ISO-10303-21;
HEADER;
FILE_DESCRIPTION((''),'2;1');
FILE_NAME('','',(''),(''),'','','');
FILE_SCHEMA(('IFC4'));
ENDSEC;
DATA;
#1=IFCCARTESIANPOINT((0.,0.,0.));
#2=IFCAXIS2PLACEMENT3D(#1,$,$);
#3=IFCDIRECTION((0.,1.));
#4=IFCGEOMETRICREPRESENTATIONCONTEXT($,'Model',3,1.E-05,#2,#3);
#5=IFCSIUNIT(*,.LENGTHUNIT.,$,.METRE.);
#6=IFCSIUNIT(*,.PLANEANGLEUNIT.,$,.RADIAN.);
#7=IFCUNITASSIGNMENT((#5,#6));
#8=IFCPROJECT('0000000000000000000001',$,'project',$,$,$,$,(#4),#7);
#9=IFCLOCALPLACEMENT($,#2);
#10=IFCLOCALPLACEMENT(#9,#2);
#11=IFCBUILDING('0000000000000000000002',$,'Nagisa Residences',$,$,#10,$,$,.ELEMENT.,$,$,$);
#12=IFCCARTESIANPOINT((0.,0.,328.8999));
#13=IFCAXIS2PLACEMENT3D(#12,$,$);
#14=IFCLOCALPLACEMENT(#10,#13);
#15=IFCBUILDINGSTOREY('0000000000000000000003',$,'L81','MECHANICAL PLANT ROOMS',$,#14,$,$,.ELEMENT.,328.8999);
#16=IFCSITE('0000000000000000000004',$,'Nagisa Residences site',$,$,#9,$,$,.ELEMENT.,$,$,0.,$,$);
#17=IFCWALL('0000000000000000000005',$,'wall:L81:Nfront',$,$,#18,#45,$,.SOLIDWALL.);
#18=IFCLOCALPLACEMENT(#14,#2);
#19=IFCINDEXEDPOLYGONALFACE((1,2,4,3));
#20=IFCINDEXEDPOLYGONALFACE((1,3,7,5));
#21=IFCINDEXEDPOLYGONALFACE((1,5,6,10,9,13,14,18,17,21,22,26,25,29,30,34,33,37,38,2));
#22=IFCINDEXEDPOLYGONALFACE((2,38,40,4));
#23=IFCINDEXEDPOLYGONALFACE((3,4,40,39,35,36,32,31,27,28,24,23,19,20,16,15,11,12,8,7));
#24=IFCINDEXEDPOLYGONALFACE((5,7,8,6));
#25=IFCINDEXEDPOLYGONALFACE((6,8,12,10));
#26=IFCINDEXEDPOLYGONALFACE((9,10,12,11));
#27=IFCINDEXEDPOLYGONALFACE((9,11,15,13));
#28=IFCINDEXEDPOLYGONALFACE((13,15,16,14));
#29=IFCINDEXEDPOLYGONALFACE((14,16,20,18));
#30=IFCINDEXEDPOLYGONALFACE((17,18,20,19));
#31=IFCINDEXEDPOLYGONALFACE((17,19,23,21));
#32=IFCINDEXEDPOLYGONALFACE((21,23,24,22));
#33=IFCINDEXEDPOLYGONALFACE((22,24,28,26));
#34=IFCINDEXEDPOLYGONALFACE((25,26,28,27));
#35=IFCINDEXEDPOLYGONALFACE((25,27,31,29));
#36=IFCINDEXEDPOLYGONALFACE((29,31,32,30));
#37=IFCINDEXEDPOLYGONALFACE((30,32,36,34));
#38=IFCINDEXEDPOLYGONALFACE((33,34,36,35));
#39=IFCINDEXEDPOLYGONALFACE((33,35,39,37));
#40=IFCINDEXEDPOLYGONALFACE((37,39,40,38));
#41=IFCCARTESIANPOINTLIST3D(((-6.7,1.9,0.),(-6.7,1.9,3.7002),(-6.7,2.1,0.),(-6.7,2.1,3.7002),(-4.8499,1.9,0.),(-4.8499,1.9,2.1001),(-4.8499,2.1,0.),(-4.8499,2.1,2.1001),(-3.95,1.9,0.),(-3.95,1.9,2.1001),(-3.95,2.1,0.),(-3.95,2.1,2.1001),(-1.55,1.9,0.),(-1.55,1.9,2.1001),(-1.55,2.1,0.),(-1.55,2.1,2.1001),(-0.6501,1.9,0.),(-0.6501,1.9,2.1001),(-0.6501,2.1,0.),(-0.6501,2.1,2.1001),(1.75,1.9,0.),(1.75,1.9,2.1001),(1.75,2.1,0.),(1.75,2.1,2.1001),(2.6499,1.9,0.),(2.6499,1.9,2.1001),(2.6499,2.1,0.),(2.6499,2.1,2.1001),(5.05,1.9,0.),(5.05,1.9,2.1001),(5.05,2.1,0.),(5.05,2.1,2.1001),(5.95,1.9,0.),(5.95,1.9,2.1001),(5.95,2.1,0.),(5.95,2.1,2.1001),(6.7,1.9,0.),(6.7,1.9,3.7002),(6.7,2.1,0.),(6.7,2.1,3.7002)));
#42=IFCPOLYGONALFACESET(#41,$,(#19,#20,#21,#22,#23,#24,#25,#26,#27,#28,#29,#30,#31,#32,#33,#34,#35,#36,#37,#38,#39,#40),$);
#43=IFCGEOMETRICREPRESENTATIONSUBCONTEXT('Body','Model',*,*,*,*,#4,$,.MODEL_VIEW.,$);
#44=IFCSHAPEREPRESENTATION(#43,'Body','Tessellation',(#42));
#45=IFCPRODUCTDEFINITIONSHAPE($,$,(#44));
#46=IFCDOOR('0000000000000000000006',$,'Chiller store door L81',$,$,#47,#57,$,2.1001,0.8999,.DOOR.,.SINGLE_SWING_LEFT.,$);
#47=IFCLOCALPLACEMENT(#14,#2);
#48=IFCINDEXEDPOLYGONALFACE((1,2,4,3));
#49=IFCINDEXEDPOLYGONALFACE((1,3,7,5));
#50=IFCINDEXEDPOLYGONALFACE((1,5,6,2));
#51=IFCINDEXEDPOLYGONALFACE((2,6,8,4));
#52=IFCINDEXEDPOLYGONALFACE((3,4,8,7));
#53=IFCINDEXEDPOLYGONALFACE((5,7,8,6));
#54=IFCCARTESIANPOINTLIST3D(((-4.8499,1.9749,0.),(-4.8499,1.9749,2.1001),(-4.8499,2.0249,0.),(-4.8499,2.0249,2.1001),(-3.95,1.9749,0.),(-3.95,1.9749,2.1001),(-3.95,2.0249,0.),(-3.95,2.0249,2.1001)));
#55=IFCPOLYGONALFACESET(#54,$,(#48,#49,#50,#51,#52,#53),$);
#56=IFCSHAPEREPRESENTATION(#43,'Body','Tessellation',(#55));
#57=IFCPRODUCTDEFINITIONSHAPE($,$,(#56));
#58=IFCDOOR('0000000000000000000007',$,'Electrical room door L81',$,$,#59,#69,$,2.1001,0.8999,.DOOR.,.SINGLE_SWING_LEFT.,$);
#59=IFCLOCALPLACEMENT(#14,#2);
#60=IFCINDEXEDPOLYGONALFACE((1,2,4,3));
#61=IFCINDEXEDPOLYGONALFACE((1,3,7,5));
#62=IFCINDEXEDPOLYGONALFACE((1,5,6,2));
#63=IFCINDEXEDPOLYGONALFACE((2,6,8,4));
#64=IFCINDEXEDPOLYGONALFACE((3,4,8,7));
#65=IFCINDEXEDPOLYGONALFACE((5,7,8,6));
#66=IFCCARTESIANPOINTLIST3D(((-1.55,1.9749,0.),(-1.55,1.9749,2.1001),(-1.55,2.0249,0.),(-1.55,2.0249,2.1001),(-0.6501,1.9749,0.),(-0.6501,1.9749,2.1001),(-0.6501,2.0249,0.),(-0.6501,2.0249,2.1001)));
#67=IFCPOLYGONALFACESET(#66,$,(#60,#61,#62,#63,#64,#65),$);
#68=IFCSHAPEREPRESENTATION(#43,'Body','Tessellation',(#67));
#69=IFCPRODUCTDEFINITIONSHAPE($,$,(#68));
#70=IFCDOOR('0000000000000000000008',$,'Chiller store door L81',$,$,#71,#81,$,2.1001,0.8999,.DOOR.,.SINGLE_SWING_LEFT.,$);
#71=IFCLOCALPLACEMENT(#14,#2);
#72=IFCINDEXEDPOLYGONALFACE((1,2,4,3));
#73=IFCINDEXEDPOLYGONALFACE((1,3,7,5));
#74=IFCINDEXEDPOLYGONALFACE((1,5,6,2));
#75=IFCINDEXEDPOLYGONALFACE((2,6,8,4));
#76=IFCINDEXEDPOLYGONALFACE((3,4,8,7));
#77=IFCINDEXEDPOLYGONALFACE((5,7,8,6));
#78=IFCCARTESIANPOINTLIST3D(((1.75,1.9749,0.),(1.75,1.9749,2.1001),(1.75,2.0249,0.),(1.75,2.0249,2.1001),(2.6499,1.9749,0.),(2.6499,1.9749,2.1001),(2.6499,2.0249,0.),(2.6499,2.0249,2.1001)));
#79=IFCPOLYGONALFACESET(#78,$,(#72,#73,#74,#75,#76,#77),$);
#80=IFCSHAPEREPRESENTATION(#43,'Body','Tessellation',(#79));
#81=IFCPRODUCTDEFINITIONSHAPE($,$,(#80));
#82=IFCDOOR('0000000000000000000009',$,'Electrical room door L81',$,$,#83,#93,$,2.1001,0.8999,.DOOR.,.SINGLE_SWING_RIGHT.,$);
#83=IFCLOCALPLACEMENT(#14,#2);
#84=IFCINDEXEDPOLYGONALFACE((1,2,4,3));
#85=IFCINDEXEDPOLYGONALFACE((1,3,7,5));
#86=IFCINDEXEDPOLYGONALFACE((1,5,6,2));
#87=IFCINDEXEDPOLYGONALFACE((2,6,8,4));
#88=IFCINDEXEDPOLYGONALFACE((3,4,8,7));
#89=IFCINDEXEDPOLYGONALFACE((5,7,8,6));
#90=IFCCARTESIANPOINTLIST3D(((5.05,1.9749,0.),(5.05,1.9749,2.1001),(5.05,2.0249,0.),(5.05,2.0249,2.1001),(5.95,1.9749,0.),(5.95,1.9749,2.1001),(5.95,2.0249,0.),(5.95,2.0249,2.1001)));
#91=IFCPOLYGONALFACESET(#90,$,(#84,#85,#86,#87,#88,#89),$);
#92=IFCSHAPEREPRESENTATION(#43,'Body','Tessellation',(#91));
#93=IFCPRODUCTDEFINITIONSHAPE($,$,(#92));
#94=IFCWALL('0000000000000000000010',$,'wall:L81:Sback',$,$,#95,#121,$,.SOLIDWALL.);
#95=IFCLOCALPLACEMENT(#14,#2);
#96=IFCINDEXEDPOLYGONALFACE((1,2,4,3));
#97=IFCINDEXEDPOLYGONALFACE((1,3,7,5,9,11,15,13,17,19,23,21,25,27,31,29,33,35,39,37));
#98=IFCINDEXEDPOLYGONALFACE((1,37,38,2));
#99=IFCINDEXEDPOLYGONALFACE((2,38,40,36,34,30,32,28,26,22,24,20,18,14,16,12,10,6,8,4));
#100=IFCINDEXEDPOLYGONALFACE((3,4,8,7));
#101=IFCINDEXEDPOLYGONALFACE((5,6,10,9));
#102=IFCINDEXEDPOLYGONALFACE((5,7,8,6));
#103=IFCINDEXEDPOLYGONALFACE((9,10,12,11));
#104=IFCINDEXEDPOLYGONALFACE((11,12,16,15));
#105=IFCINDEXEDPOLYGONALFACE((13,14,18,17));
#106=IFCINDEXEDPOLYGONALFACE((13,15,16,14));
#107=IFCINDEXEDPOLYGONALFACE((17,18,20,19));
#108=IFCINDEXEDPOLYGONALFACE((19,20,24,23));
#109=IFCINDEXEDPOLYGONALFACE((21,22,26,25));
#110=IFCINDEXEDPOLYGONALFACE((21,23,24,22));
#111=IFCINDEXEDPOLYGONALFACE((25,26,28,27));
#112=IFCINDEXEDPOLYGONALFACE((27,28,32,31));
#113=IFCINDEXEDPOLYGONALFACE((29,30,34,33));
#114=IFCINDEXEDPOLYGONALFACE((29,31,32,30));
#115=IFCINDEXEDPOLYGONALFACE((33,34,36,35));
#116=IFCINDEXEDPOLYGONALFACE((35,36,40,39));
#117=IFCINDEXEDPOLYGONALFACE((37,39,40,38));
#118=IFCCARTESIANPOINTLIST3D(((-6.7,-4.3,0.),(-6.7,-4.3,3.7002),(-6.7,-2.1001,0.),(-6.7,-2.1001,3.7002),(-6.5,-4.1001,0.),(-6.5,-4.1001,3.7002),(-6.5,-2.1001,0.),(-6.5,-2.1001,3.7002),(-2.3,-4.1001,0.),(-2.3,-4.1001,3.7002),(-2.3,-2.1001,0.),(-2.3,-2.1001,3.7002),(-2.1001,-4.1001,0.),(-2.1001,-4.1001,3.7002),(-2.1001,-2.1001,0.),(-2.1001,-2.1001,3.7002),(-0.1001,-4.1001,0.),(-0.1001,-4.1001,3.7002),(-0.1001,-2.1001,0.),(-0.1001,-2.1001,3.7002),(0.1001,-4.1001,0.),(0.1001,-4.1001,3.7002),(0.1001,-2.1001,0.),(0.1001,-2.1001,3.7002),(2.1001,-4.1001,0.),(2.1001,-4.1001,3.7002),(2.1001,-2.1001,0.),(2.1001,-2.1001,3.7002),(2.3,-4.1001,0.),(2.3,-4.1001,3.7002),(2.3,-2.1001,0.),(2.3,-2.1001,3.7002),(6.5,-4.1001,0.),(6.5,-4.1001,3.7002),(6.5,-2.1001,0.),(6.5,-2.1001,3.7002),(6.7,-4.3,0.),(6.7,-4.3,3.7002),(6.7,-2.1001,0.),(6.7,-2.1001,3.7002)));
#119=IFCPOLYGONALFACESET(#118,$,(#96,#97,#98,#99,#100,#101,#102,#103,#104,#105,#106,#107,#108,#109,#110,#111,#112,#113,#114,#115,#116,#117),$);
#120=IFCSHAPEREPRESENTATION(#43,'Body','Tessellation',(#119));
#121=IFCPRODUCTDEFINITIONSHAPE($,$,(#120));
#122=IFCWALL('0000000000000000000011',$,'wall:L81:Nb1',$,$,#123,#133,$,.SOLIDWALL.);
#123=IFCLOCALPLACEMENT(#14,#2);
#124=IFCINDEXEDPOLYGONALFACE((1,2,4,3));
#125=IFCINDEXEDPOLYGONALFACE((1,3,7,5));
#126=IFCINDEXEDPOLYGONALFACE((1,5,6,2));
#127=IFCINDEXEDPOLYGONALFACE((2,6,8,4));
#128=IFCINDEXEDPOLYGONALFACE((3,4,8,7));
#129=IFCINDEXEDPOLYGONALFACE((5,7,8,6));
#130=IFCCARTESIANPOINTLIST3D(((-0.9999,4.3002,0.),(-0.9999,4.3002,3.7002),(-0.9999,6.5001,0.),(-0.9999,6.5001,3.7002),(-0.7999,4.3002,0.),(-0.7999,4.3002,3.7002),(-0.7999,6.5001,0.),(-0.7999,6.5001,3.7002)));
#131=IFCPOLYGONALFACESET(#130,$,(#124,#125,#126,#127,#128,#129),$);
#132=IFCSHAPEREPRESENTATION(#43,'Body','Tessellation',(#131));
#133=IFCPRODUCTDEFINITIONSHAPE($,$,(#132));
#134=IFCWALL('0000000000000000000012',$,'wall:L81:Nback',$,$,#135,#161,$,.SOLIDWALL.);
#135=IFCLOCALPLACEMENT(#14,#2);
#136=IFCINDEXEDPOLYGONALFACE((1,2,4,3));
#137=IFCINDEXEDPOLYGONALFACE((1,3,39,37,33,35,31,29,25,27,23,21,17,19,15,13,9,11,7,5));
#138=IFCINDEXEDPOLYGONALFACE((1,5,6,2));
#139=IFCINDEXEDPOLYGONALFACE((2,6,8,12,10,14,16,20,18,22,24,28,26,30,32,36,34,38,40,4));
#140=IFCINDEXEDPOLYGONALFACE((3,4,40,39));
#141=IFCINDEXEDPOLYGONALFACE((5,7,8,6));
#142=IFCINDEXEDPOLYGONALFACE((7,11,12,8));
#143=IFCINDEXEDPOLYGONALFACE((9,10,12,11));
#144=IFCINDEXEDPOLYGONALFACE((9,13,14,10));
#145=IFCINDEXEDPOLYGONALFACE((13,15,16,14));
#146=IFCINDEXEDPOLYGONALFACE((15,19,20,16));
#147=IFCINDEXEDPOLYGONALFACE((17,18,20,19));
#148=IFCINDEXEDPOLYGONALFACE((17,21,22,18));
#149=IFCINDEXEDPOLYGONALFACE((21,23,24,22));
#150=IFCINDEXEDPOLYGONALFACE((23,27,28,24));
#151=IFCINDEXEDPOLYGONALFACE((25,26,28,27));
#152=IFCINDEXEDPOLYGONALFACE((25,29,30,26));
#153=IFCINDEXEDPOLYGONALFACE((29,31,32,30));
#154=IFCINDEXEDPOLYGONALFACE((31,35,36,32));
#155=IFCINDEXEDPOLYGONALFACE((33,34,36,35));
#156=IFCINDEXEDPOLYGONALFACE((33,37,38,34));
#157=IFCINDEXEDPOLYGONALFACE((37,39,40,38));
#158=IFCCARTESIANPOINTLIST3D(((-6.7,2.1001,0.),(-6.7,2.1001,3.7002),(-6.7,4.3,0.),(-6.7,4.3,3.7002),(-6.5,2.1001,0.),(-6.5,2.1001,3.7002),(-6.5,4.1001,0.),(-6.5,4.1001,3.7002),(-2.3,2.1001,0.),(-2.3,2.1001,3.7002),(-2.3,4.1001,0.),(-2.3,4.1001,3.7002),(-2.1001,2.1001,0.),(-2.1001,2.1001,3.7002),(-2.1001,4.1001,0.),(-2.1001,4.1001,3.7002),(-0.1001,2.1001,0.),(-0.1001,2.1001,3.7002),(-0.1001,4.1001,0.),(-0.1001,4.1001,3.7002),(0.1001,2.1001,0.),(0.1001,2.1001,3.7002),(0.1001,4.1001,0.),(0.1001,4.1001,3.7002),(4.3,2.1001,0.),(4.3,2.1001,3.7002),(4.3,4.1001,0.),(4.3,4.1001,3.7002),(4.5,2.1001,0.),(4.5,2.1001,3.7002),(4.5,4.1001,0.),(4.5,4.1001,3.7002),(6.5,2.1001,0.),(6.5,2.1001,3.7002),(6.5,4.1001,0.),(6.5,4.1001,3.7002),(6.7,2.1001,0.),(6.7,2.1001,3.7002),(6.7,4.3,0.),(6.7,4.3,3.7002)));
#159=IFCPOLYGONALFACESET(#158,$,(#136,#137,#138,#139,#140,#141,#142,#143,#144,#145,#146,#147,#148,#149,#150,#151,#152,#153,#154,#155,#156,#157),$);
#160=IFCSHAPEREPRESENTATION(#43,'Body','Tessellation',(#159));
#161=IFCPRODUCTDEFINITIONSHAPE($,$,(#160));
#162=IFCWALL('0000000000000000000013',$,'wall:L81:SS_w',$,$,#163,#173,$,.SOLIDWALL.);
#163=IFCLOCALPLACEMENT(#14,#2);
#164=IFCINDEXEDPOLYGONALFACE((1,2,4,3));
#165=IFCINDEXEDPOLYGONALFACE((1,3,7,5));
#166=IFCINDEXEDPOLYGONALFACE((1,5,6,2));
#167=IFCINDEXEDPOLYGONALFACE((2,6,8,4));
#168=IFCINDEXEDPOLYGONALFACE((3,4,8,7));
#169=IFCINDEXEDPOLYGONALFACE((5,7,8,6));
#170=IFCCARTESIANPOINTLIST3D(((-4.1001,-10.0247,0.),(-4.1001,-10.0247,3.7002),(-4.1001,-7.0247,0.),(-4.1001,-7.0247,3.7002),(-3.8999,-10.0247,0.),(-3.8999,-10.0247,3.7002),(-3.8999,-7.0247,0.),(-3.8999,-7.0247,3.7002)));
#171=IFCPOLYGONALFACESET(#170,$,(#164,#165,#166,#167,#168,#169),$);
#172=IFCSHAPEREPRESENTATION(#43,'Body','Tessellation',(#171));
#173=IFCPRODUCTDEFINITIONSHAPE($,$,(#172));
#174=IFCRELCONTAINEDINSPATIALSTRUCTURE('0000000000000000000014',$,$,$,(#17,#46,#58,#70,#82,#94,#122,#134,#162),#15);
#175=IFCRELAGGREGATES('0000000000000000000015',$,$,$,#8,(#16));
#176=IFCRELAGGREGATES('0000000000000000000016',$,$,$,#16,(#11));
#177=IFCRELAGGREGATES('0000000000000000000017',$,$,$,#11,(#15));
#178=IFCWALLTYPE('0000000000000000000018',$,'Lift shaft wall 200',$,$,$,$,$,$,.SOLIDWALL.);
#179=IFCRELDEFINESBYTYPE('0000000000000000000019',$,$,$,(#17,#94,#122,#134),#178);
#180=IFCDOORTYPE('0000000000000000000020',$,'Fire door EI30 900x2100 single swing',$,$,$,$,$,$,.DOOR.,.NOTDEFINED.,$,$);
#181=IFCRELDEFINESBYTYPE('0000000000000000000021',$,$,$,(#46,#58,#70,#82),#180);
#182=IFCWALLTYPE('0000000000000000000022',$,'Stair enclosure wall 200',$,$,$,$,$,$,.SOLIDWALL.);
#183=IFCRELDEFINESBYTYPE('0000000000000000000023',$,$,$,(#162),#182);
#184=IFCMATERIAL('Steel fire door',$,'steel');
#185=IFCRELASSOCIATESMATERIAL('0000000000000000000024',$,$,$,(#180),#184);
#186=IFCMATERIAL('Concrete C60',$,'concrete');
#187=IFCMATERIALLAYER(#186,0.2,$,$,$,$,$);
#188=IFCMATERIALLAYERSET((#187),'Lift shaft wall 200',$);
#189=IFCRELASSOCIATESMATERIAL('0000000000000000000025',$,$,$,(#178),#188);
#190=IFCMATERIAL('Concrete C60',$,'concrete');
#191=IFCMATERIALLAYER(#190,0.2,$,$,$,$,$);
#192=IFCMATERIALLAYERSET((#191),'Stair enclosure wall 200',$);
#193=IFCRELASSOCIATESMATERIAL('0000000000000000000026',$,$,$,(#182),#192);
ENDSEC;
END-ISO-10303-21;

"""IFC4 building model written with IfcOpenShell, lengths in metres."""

from ifc_helpers import new_model, si_unit, direction, frame, frame_2d, origin, place, context, subcontext, project, spatial, polyline, rectangle, outline, extrude, material, layer, layer_set, type_object, element, fill, save


model = new_model("IFC4")

# Units and contexts
model_context = context("Model", 3, precision=1e-05, world=origin(), true_north=direction((0.0, 1.0)))
body_context = subcontext(model_context, "Body", "Model", "MODEL_VIEW")
ifc_project = project(units=[si_unit("LENGTHUNIT", "METRE"), si_unit("PLANEANGLEUNIT", "RADIAN")], contexts=[model_context])

# Site, building, storey
site_placement = place(None, origin())
site = spatial("IfcSite", under=ifc_project, at=site_placement, Name="Nagisa Residences site", CompositionType="ELEMENT", RefElevation=0.0)
building_placement = place(site_placement, origin())
building = spatial("IfcBuilding", under=site, at=building_placement, Name="Nagisa Residences", CompositionType="ELEMENT")
storey_placement = place(building_placement, frame((0.0, 0.0, 328.8999)))
storey = spatial("IfcBuildingStorey", under=building, at=storey_placement, Name="L81", Description="MECHANICAL PLANT ROOMS", CompositionType="ELEMENT", Elevation=328.8999)

# Shared definitions
ifc_material_1 = material(Name="Steel fire door", Category="steel")
door_type_1 = type_object("IfcDoorType", Name="Fire door EI30 900x2100 single swing", OperationType="NOTDEFINED", PredefinedType="DOOR", material=ifc_material_1)

# Shared definitions
ifc_material_2 = material(Name="Concrete C60", Category="concrete")
ifc_layer_1 = layer(ifc_material_2, 0.2)
ifc_layer_set_1 = layer_set([ifc_layer_1], Name="Lift shaft wall 200")
wall_type_1 = type_object("IfcWallType", Name="Lift shaft wall 200", PredefinedType="SOLIDWALL", material=ifc_layer_set_1)

# Wall, openings, doors
wall_1_placement = place(storey_placement, frame((-6.7, 2.0, 0.0), z_axis=(0.0, 0.0, 1.0), x_axis=(1.0, 0.0, 0.0)))
wall_1 = element("IfcWall", 1, at=wall_1_placement, inside=storey, type_object=wall_type_1, Name="wall:L81:Nfront", PredefinedType="SOLIDWALL", context=body_context, shape_type="SweptSolid", body=[
    extrude(rectangle(XDim=13.3999, YDim=0.2, at=frame_2d((6.7, 0.0))), origin(), (0.0, 0.0, 1.0), 3.7002),
])
opening_1_placement = place(wall_1_placement, frame((1.8501, 0.0, 0.0)))
opening_1 = element("IfcOpeningElement", 2, at=opening_1_placement, cuts=wall_1, PredefinedType="OPENING", context=body_context, shape_type="SweptSolid", body=[
    extrude(rectangle(XDim=0.8999, YDim=2.1001, at=frame_2d((0.45, 1.05))), frame((0.0, 0.1099, 0.0), z_axis=(0.0, -1.0, 0.0), x_axis=(1.0, 0.0, 0.0)), (0.0, 0.0, 1.0), 0.22),
])
opening_2_placement = place(wall_1_placement, frame((5.1499, 0.0, 0.0)))
opening_2 = element("IfcOpeningElement", 3, at=opening_2_placement, cuts=wall_1, PredefinedType="OPENING", context=body_context, shape_type="SweptSolid", body=[
    extrude(rectangle(XDim=0.8999, YDim=2.1001, at=frame_2d((0.45, 1.05))), frame((0.0, 0.1099, 0.0), z_axis=(0.0, -1.0, 0.0), x_axis=(1.0, 0.0, 0.0)), (0.0, 0.0, 1.0), 0.22),
])
opening_3_placement = place(wall_1_placement, frame((8.45, 0.0, 0.0)))
opening_3 = element("IfcOpeningElement", 4, at=opening_3_placement, cuts=wall_1, PredefinedType="OPENING", context=body_context, shape_type="SweptSolid", body=[
    extrude(rectangle(XDim=0.8999, YDim=2.1001, at=frame_2d((0.45, 1.05))), frame((0.0, 0.1099, 0.0), z_axis=(0.0, -1.0, 0.0), x_axis=(1.0, 0.0, 0.0)), (0.0, 0.0, 1.0), 0.22),
])
opening_4_placement = place(wall_1_placement, frame((11.75, 0.0, 0.0)))
opening_4 = element("IfcOpeningElement", 5, at=opening_4_placement, cuts=wall_1, PredefinedType="OPENING", context=body_context, shape_type="SweptSolid", body=[
    extrude(rectangle(XDim=0.8999, YDim=2.1001, at=frame_2d((0.45, 1.05))), frame((0.0, 0.1099, 0.0), z_axis=(0.0, -1.0, 0.0), x_axis=(1.0, 0.0, 0.0)), (0.0, 0.0, 1.0), 0.22),
])
door_1_placement = place(opening_1_placement, origin())
door_1 = element("IfcDoor", 6, at=door_1_placement, inside=storey, type_object=door_type_1, Name="Chiller store door L81", OperationType="SINGLE_SWING_LEFT", OverallHeight=2.1001, OverallWidth=0.8999, PredefinedType="DOOR", context=body_context, shape_type="SweptSolid", body=[
    extrude(rectangle(XDim=0.8999, YDim=2.1001, at=frame_2d((0.45, 1.05))), frame((0.0, 0.0249, 0.0), z_axis=(0.0, -1.0, 0.0), x_axis=(1.0, 0.0, 0.0)), (0.0, 0.0, 1.0), 0.05),
])
fill(opening_1, door_1)
door_2_placement = place(opening_2_placement, origin())
door_2 = element("IfcDoor", 7, at=door_2_placement, inside=storey, type_object=door_type_1, Name="Electrical room door L81", OperationType="SINGLE_SWING_LEFT", OverallHeight=2.1001, OverallWidth=0.8999, PredefinedType="DOOR", context=body_context, shape_type="SweptSolid", body=[
    extrude(rectangle(XDim=0.8999, YDim=2.1001, at=frame_2d((0.45, 1.05))), frame((0.0, 0.0249, 0.0), z_axis=(0.0, -1.0, 0.0), x_axis=(1.0, 0.0, 0.0)), (0.0, 0.0, 1.0), 0.05),
])
fill(opening_2, door_2)
door_3_placement = place(opening_3_placement, origin())
door_3 = element("IfcDoor", 8, at=door_3_placement, inside=storey, type_object=door_type_1, Name="Chiller store door L81", OperationType="SINGLE_SWING_LEFT", OverallHeight=2.1001, OverallWidth=0.8999, PredefinedType="DOOR", context=body_context, shape_type="SweptSolid", body=[
    extrude(rectangle(XDim=0.8999, YDim=2.1001, at=frame_2d((0.45, 1.05))), frame((0.0, 0.0249, 0.0), z_axis=(0.0, -1.0, 0.0), x_axis=(1.0, 0.0, 0.0)), (0.0, 0.0, 1.0), 0.05),
])
fill(opening_3, door_3)
door_4_placement = place(opening_4_placement, origin())
door_4 = element("IfcDoor", 9, at=door_4_placement, inside=storey, type_object=door_type_1, Name="Electrical room door L81", OperationType="SINGLE_SWING_RIGHT", OverallHeight=2.1001, OverallWidth=0.8999, PredefinedType="DOOR", context=body_context, shape_type="SweptSolid", body=[
    extrude(rectangle(XDim=0.8999, YDim=2.1001, at=frame_2d((0.45, 1.05))), frame((0.0, 0.0249, 0.0), z_axis=(0.0, -1.0, 0.0), x_axis=(1.0, 0.0, 0.0)), (0.0, 0.0, 1.0), 0.05),
])
fill(opening_4, door_4)

# Walls
wall_2_placement = place(storey_placement, origin())
element("IfcWall", 10, at=wall_2_placement, inside=storey, type_object=wall_type_1, Name="wall:L81:Sback", PredefinedType="SOLIDWALL", context=body_context, shape_type="SweptSolid", body=[
    extrude(outline(polyline([(-6.7, -2.1001), (-6.5, -2.1001), (-6.5, -4.1001), (-2.3, -4.1001), (-2.3, -2.1001), (-2.1001, -2.1001), (-2.1001, -4.1001), (-0.1001, -4.1001), (-0.1001, -2.1001), (0.1001, -2.1001), (0.1001, -4.1001), (2.1001, -4.1001), (2.1001, -2.1001), (2.3, -2.1001), (2.3, -4.1001), (6.5, -4.1001), (6.5, -2.1001), (6.7, -2.1001), (6.7, -4.3), (-6.7, -4.3), (-6.7, -2.1001)])), origin(), (0.0, 0.0, 1.0), 3.7002),
])
wall_3_placement = place(storey_placement, frame((-0.8999, 4.3, 0.0), z_axis=(0.0, 0.0, 1.0), x_axis=(0.0, 1.0, 0.0)))
element("IfcWall", 11, at=wall_3_placement, inside=storey, type_object=wall_type_1, Name="wall:L81:Nb1", PredefinedType="SOLIDWALL", context=body_context, shape_type="SweptSolid", body=[
    extrude(rectangle(XDim=2.2, YDim=0.2, at=frame_2d((1.1001, 0.0))), origin(), (0.0, 0.0, 1.0), 3.7002),
])
wall_4_placement = place(storey_placement, origin())
element("IfcWall", 12, at=wall_4_placement, inside=storey, type_object=wall_type_1, Name="wall:L81:Nback", PredefinedType="SOLIDWALL", context=body_context, shape_type="SweptSolid", body=[
    extrude(outline(polyline([(-6.7, 4.3), (6.7, 4.3), (6.7, 2.1001), (6.5, 2.1001), (6.5, 4.1001), (4.5, 4.1001), (4.5, 2.1001), (4.3, 2.1001), (4.3, 4.1001), (0.1001, 4.1001), (0.1001, 2.1001), (-0.1001, 2.1001), (-0.1001, 4.1001), (-2.1001, 4.1001), (-2.1001, 2.1001), (-2.3, 2.1001), (-2.3, 4.1001), (-6.5, 4.1001), (-6.5, 2.1001), (-6.7, 2.1001), (-6.7, 4.3)])), origin(), (0.0, 0.0, 1.0), 3.7002),
])
ifc_material_3 = material(Name="Concrete C60", Category="concrete")
ifc_layer_2 = layer(ifc_material_3, 0.2)
ifc_layer_set_2 = layer_set([ifc_layer_2], Name="Stair enclosure wall 200")
wall_type_2 = type_object("IfcWallType", Name="Stair enclosure wall 200", PredefinedType="SOLIDWALL", material=ifc_layer_set_2)
wall_5_placement = place(storey_placement, origin())
element("IfcWall", 13, at=wall_5_placement, inside=storey, type_object=wall_type_2, Name="wall:L81:SS_w", PredefinedType="SOLIDWALL", context=body_context, shape_type="SweptSolid", body=[
    extrude(outline(polyline([(-3.8999, -10.0247), (-4.1001, -10.0247), (-4.1001, -7.0247), (-3.8999, -7.0247), (-3.8999, -10.0247)])), origin(), (0.0, 0.0, 1.0), 3.7002),
])

save(model, "model.ifc")
